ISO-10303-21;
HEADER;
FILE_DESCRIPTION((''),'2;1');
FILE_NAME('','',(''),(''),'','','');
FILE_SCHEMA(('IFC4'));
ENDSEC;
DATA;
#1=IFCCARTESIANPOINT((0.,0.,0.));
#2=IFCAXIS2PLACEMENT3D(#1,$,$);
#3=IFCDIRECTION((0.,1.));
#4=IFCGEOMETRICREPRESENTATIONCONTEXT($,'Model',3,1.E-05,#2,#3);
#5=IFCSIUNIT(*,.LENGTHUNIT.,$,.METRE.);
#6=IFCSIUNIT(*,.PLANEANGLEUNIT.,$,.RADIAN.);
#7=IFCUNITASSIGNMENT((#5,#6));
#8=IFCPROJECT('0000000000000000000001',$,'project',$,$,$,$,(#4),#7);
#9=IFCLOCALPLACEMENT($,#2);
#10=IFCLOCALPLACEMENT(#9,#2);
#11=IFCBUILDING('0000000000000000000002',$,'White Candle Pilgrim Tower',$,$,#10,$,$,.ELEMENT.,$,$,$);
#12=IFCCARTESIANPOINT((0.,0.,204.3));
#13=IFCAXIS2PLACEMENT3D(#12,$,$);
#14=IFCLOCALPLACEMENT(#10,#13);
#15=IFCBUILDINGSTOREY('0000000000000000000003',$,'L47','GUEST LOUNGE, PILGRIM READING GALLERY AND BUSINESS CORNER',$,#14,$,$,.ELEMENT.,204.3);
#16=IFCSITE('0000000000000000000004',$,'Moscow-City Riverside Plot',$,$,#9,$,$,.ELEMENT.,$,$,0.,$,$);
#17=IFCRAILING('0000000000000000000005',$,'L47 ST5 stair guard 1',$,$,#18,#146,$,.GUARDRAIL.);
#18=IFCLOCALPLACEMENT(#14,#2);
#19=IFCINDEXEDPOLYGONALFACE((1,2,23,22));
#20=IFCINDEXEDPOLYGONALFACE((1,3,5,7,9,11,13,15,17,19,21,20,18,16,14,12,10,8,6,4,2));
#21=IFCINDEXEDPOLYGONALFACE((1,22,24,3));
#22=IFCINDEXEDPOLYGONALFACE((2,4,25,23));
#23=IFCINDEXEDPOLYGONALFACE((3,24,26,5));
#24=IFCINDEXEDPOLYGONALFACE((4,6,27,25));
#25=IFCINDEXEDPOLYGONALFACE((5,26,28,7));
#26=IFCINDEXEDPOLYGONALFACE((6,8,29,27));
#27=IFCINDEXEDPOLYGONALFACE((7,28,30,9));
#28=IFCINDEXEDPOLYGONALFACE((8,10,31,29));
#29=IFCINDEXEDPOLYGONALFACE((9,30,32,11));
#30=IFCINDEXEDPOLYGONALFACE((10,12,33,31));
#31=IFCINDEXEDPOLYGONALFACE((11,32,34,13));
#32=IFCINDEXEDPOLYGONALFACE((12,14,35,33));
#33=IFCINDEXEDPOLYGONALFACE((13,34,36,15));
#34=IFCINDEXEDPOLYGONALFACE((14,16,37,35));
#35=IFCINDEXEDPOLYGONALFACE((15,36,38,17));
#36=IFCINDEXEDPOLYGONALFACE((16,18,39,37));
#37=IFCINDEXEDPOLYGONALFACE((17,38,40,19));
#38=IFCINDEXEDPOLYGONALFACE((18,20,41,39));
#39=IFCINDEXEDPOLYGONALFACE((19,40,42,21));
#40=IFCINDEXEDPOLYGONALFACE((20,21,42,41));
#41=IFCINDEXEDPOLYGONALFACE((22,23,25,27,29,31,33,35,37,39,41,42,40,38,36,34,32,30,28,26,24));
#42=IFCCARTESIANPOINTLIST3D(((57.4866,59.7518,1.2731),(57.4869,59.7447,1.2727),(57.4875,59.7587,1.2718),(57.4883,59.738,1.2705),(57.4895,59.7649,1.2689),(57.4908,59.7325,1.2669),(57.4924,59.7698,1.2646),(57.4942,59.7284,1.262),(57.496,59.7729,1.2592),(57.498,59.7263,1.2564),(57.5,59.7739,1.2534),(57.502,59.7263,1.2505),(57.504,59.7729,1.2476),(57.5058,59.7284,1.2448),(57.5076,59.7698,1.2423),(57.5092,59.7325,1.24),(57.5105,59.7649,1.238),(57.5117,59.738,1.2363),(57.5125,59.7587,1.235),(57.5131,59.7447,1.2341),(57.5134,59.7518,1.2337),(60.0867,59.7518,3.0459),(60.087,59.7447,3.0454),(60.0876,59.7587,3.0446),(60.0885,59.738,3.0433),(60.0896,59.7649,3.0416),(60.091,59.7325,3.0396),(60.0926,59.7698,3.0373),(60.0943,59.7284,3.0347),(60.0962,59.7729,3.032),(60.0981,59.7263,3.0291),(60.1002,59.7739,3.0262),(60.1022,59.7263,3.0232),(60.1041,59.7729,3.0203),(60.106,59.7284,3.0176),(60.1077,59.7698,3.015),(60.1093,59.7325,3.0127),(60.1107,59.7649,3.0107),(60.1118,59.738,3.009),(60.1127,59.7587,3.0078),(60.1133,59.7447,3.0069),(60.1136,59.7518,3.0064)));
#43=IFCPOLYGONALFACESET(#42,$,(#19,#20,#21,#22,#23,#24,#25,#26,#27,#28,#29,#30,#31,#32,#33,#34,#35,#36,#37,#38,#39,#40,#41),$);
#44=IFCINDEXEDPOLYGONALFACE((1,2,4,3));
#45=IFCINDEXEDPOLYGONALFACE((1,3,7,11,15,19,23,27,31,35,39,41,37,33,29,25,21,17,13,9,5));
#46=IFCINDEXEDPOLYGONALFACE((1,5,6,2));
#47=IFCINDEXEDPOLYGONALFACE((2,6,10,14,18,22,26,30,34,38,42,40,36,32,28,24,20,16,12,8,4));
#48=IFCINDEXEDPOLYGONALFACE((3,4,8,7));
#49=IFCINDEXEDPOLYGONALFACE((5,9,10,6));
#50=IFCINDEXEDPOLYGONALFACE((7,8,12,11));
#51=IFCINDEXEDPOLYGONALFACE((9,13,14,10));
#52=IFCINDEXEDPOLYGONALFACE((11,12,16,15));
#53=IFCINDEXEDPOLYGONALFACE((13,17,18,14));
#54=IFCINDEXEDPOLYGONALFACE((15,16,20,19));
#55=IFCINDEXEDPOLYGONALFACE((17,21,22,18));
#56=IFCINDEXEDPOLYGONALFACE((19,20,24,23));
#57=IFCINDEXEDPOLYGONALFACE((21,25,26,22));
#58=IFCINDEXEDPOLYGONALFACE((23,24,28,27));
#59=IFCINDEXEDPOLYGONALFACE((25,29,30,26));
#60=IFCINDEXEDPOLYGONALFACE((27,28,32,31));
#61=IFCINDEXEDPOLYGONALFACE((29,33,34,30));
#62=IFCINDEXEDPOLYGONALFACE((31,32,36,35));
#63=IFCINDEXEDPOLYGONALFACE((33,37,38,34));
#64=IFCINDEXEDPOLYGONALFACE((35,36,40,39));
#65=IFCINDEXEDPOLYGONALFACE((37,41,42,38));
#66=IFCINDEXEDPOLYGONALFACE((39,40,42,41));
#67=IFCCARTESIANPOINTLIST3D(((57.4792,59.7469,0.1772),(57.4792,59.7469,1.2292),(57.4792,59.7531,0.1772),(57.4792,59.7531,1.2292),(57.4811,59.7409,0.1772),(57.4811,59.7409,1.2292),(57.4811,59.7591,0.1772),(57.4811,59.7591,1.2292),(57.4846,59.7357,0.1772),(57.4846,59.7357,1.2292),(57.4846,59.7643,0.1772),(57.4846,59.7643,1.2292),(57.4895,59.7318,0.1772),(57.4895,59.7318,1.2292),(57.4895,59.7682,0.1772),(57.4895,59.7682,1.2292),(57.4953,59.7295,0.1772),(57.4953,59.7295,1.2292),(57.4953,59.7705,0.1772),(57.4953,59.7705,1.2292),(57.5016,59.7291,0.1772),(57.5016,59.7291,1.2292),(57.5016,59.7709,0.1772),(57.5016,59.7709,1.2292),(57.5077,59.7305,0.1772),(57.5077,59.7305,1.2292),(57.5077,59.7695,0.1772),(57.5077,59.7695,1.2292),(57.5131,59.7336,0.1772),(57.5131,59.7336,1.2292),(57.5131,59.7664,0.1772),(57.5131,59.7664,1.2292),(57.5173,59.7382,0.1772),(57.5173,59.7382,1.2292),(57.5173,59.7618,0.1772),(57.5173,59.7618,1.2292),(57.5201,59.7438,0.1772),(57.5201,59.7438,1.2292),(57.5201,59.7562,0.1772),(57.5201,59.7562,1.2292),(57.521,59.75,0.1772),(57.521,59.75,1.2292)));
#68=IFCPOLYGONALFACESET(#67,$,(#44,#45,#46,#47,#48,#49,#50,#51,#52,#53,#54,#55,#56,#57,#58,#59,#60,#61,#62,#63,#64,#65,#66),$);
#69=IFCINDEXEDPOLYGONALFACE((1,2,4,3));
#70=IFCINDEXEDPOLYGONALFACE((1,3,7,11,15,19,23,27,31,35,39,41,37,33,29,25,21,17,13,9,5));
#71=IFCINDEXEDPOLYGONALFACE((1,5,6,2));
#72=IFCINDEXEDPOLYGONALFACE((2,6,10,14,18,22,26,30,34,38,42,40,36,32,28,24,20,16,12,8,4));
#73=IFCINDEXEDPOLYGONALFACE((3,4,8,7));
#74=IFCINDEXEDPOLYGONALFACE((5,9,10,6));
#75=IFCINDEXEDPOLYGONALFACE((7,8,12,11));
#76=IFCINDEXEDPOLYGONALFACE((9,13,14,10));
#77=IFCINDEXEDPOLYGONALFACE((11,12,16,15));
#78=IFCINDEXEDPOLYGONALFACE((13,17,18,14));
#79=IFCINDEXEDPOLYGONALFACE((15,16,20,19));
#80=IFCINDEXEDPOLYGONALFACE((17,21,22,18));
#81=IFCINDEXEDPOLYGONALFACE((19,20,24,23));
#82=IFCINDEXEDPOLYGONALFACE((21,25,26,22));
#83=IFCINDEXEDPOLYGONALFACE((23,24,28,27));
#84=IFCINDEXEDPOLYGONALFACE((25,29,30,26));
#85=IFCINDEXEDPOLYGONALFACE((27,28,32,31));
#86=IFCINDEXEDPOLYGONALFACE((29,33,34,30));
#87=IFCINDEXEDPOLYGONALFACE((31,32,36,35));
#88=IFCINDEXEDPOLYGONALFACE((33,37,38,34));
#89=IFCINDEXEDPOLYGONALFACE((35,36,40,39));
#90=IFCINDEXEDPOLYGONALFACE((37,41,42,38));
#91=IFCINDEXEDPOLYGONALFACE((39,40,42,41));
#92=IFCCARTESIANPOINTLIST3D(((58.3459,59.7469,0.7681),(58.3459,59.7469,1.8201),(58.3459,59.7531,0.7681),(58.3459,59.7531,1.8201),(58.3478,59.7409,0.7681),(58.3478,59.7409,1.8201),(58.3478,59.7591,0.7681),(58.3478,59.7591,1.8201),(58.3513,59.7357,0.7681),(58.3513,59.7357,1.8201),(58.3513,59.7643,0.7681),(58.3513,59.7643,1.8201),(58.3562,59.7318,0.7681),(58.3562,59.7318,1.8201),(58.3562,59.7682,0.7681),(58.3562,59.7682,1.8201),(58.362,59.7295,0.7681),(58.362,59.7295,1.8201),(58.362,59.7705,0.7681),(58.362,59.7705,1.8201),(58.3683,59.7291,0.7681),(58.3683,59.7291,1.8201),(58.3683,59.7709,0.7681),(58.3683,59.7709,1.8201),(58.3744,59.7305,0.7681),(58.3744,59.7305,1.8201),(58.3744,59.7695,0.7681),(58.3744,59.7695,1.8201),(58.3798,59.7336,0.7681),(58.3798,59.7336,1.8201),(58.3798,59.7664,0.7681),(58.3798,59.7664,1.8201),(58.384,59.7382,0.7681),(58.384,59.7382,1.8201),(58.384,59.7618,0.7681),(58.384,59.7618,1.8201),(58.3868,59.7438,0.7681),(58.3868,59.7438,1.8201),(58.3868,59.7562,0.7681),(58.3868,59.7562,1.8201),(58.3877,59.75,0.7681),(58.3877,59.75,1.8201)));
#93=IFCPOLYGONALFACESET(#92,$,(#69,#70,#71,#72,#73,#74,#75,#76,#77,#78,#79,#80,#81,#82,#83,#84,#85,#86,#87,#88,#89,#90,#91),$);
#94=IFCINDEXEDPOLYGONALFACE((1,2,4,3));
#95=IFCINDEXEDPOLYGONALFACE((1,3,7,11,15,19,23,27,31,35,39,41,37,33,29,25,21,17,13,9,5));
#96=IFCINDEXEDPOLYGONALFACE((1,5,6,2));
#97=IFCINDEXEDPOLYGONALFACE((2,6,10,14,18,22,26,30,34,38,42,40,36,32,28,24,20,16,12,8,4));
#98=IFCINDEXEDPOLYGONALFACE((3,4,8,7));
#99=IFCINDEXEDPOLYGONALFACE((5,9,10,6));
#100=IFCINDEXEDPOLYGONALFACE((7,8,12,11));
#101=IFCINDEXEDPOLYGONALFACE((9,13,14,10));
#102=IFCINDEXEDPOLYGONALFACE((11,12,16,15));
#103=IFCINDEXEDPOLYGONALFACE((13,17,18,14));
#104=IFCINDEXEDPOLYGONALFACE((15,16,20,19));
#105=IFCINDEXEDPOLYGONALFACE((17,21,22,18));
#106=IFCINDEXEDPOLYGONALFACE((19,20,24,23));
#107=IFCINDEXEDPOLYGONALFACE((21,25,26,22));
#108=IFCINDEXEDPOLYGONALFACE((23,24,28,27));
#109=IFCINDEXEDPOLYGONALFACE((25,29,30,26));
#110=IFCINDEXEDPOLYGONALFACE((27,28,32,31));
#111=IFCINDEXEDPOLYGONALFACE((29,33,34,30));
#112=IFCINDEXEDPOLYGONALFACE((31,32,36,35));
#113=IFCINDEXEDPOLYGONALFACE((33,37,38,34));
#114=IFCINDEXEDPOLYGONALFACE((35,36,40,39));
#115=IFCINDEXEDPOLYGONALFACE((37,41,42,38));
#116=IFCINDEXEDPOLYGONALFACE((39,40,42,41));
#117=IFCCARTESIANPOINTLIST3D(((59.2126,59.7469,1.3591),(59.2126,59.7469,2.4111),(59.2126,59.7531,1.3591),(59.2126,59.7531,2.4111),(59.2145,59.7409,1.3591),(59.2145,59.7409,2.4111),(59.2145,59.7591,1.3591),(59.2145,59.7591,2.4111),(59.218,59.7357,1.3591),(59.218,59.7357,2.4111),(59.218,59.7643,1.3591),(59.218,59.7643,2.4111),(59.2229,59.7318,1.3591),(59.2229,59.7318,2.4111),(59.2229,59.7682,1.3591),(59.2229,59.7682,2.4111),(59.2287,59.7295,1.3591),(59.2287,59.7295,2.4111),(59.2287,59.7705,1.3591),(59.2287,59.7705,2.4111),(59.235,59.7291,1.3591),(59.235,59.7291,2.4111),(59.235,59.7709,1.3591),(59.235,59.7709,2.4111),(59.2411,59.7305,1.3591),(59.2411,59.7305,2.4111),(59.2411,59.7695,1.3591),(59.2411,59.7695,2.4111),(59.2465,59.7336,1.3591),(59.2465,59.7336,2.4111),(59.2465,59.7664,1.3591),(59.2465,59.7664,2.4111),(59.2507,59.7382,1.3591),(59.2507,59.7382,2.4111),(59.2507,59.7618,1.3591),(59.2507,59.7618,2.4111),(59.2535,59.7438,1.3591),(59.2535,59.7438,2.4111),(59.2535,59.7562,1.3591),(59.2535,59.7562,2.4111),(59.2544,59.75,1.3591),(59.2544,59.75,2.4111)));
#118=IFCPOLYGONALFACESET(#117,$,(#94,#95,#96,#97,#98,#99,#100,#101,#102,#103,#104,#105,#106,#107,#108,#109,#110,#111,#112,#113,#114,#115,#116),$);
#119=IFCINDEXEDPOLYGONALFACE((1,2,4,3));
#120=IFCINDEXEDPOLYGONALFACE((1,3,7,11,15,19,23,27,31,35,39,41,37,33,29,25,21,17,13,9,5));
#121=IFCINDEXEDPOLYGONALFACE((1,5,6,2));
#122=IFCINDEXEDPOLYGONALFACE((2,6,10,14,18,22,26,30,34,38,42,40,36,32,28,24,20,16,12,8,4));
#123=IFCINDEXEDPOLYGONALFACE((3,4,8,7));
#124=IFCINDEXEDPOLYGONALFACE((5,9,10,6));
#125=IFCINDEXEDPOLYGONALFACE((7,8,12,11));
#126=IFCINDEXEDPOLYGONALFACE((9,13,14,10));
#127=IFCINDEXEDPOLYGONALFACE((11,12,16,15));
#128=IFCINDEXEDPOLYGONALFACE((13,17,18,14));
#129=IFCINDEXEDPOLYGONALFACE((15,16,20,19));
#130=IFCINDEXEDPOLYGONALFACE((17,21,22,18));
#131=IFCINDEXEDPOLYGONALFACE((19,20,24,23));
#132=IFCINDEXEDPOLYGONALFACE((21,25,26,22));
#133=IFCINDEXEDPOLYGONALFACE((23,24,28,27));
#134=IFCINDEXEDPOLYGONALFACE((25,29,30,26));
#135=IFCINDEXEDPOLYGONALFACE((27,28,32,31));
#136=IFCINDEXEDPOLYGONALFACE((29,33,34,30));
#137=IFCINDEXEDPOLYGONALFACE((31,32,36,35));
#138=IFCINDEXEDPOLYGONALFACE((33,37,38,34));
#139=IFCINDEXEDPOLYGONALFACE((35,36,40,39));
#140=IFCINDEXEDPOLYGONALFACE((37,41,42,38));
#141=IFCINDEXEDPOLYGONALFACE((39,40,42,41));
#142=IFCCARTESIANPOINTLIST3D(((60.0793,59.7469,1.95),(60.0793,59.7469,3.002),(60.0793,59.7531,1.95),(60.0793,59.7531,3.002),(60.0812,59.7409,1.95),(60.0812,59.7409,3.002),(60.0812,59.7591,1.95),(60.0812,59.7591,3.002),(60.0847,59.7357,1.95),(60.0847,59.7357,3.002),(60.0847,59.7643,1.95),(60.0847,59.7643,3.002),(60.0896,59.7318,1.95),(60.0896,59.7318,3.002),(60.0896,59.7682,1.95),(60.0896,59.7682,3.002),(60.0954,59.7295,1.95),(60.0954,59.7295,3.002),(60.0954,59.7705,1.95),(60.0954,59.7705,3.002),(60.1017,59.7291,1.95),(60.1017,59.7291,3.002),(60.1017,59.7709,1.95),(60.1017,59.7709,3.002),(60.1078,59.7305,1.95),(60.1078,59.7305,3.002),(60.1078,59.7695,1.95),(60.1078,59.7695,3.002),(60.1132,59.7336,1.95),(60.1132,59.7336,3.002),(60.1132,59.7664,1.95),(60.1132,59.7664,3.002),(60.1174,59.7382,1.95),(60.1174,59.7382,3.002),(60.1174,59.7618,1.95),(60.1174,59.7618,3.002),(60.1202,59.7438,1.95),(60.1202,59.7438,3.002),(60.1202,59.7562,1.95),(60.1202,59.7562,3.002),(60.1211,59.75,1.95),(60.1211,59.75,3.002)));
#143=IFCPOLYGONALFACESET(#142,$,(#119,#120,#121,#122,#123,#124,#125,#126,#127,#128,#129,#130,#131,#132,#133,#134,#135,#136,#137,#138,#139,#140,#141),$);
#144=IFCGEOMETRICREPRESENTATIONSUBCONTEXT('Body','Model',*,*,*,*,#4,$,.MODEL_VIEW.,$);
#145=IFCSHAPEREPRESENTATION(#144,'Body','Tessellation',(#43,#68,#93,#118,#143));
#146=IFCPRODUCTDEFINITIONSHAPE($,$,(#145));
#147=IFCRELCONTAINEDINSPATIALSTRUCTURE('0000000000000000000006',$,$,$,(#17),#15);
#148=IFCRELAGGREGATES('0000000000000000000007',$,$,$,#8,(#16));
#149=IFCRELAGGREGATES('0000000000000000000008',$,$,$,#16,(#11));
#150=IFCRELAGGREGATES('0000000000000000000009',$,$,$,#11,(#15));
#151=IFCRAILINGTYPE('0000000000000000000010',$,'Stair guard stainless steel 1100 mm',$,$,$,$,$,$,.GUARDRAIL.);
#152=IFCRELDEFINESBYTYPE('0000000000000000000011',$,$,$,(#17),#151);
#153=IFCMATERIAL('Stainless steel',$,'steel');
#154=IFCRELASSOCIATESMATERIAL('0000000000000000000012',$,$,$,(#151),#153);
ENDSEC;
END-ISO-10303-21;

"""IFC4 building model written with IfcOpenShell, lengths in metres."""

from ifc_helpers import new_model, si_unit, direction, frame, origin, origin_2d, place, context, subcontext, project, spatial, circle, extrude, material, type_object, element, save


model = new_model("IFC4")

# Units and contexts
model_context = context("Model", 3, precision=1e-05, world=origin(), true_north=direction((0.0, 1.0)))
body_context = subcontext(model_context, "Body", "Model", "MODEL_VIEW")
ifc_project = project(units=[si_unit("LENGTHUNIT", "METRE"), si_unit("PLANEANGLEUNIT", "RADIAN")], contexts=[model_context])

# Site, building, storey
site_placement = place(None, origin())
site = spatial("IfcSite", under=ifc_project, at=site_placement, Name="Moscow-City Riverside Plot", CompositionType="ELEMENT", RefElevation=0.0)
building_placement = place(site_placement, origin())
building = spatial("IfcBuilding", under=site, at=building_placement, Name="White Candle Pilgrim Tower", CompositionType="ELEMENT")
storey_placement = place(building_placement, frame((0.0, 0.0, 204.3)))
storey = spatial("IfcBuildingStorey", under=building, at=storey_placement, Name="L47", Description="GUEST LOUNGE, PILGRIM READING GALLERY AND BUSINESS CORNER", CompositionType="ELEMENT", Elevation=204.3)

# Railing
ifc_material_1 = material(Name="Stainless steel", Category="steel")
railing_type_1 = type_object("IfcRailingType", Name="Stair guard stainless steel 1100 mm", PredefinedType="GUARDRAIL", material=ifc_material_1)
railing_1_placement = place(storey_placement, frame((57.5, 59.75, 0.1772)))
element("IfcRailing", 1, at=railing_1_placement, inside=storey, type_object=railing_type_1, Name="L47 ST5 stair guard 1", PredefinedType="GUARDRAIL", context=body_context, shape_type="SweptSolid", body=[
    extrude(circle(Radius=0.0239, at=origin_2d()), frame((0.0, 0.0, 1.0762), z_axis=(0.82624, 0.0, 0.563318), x_axis=(0.0, 1.0, 0.0)), (0.0, 0.0, 1.0), 3.147),
    extrude(circle(Radius=0.021, at=origin_2d()), origin(), (0.0, 0.0, 1.0), 1.052),
    extrude(circle(Radius=0.021, at=origin_2d()), frame((0.8667, 0.0, 0.5908)), (0.0, 0.0, 1.0), 1.052),
    extrude(circle(Radius=0.021, at=origin_2d()), frame((1.7334, 0.0, 1.1819)), (0.0, 0.0, 1.0), 1.052),
    extrude(circle(Radius=0.021, at=origin_2d()), frame((2.6001, 0.0, 1.7727)), (0.0, 0.0, 1.0), 1.052),
])

save(model, "model.ifc")
